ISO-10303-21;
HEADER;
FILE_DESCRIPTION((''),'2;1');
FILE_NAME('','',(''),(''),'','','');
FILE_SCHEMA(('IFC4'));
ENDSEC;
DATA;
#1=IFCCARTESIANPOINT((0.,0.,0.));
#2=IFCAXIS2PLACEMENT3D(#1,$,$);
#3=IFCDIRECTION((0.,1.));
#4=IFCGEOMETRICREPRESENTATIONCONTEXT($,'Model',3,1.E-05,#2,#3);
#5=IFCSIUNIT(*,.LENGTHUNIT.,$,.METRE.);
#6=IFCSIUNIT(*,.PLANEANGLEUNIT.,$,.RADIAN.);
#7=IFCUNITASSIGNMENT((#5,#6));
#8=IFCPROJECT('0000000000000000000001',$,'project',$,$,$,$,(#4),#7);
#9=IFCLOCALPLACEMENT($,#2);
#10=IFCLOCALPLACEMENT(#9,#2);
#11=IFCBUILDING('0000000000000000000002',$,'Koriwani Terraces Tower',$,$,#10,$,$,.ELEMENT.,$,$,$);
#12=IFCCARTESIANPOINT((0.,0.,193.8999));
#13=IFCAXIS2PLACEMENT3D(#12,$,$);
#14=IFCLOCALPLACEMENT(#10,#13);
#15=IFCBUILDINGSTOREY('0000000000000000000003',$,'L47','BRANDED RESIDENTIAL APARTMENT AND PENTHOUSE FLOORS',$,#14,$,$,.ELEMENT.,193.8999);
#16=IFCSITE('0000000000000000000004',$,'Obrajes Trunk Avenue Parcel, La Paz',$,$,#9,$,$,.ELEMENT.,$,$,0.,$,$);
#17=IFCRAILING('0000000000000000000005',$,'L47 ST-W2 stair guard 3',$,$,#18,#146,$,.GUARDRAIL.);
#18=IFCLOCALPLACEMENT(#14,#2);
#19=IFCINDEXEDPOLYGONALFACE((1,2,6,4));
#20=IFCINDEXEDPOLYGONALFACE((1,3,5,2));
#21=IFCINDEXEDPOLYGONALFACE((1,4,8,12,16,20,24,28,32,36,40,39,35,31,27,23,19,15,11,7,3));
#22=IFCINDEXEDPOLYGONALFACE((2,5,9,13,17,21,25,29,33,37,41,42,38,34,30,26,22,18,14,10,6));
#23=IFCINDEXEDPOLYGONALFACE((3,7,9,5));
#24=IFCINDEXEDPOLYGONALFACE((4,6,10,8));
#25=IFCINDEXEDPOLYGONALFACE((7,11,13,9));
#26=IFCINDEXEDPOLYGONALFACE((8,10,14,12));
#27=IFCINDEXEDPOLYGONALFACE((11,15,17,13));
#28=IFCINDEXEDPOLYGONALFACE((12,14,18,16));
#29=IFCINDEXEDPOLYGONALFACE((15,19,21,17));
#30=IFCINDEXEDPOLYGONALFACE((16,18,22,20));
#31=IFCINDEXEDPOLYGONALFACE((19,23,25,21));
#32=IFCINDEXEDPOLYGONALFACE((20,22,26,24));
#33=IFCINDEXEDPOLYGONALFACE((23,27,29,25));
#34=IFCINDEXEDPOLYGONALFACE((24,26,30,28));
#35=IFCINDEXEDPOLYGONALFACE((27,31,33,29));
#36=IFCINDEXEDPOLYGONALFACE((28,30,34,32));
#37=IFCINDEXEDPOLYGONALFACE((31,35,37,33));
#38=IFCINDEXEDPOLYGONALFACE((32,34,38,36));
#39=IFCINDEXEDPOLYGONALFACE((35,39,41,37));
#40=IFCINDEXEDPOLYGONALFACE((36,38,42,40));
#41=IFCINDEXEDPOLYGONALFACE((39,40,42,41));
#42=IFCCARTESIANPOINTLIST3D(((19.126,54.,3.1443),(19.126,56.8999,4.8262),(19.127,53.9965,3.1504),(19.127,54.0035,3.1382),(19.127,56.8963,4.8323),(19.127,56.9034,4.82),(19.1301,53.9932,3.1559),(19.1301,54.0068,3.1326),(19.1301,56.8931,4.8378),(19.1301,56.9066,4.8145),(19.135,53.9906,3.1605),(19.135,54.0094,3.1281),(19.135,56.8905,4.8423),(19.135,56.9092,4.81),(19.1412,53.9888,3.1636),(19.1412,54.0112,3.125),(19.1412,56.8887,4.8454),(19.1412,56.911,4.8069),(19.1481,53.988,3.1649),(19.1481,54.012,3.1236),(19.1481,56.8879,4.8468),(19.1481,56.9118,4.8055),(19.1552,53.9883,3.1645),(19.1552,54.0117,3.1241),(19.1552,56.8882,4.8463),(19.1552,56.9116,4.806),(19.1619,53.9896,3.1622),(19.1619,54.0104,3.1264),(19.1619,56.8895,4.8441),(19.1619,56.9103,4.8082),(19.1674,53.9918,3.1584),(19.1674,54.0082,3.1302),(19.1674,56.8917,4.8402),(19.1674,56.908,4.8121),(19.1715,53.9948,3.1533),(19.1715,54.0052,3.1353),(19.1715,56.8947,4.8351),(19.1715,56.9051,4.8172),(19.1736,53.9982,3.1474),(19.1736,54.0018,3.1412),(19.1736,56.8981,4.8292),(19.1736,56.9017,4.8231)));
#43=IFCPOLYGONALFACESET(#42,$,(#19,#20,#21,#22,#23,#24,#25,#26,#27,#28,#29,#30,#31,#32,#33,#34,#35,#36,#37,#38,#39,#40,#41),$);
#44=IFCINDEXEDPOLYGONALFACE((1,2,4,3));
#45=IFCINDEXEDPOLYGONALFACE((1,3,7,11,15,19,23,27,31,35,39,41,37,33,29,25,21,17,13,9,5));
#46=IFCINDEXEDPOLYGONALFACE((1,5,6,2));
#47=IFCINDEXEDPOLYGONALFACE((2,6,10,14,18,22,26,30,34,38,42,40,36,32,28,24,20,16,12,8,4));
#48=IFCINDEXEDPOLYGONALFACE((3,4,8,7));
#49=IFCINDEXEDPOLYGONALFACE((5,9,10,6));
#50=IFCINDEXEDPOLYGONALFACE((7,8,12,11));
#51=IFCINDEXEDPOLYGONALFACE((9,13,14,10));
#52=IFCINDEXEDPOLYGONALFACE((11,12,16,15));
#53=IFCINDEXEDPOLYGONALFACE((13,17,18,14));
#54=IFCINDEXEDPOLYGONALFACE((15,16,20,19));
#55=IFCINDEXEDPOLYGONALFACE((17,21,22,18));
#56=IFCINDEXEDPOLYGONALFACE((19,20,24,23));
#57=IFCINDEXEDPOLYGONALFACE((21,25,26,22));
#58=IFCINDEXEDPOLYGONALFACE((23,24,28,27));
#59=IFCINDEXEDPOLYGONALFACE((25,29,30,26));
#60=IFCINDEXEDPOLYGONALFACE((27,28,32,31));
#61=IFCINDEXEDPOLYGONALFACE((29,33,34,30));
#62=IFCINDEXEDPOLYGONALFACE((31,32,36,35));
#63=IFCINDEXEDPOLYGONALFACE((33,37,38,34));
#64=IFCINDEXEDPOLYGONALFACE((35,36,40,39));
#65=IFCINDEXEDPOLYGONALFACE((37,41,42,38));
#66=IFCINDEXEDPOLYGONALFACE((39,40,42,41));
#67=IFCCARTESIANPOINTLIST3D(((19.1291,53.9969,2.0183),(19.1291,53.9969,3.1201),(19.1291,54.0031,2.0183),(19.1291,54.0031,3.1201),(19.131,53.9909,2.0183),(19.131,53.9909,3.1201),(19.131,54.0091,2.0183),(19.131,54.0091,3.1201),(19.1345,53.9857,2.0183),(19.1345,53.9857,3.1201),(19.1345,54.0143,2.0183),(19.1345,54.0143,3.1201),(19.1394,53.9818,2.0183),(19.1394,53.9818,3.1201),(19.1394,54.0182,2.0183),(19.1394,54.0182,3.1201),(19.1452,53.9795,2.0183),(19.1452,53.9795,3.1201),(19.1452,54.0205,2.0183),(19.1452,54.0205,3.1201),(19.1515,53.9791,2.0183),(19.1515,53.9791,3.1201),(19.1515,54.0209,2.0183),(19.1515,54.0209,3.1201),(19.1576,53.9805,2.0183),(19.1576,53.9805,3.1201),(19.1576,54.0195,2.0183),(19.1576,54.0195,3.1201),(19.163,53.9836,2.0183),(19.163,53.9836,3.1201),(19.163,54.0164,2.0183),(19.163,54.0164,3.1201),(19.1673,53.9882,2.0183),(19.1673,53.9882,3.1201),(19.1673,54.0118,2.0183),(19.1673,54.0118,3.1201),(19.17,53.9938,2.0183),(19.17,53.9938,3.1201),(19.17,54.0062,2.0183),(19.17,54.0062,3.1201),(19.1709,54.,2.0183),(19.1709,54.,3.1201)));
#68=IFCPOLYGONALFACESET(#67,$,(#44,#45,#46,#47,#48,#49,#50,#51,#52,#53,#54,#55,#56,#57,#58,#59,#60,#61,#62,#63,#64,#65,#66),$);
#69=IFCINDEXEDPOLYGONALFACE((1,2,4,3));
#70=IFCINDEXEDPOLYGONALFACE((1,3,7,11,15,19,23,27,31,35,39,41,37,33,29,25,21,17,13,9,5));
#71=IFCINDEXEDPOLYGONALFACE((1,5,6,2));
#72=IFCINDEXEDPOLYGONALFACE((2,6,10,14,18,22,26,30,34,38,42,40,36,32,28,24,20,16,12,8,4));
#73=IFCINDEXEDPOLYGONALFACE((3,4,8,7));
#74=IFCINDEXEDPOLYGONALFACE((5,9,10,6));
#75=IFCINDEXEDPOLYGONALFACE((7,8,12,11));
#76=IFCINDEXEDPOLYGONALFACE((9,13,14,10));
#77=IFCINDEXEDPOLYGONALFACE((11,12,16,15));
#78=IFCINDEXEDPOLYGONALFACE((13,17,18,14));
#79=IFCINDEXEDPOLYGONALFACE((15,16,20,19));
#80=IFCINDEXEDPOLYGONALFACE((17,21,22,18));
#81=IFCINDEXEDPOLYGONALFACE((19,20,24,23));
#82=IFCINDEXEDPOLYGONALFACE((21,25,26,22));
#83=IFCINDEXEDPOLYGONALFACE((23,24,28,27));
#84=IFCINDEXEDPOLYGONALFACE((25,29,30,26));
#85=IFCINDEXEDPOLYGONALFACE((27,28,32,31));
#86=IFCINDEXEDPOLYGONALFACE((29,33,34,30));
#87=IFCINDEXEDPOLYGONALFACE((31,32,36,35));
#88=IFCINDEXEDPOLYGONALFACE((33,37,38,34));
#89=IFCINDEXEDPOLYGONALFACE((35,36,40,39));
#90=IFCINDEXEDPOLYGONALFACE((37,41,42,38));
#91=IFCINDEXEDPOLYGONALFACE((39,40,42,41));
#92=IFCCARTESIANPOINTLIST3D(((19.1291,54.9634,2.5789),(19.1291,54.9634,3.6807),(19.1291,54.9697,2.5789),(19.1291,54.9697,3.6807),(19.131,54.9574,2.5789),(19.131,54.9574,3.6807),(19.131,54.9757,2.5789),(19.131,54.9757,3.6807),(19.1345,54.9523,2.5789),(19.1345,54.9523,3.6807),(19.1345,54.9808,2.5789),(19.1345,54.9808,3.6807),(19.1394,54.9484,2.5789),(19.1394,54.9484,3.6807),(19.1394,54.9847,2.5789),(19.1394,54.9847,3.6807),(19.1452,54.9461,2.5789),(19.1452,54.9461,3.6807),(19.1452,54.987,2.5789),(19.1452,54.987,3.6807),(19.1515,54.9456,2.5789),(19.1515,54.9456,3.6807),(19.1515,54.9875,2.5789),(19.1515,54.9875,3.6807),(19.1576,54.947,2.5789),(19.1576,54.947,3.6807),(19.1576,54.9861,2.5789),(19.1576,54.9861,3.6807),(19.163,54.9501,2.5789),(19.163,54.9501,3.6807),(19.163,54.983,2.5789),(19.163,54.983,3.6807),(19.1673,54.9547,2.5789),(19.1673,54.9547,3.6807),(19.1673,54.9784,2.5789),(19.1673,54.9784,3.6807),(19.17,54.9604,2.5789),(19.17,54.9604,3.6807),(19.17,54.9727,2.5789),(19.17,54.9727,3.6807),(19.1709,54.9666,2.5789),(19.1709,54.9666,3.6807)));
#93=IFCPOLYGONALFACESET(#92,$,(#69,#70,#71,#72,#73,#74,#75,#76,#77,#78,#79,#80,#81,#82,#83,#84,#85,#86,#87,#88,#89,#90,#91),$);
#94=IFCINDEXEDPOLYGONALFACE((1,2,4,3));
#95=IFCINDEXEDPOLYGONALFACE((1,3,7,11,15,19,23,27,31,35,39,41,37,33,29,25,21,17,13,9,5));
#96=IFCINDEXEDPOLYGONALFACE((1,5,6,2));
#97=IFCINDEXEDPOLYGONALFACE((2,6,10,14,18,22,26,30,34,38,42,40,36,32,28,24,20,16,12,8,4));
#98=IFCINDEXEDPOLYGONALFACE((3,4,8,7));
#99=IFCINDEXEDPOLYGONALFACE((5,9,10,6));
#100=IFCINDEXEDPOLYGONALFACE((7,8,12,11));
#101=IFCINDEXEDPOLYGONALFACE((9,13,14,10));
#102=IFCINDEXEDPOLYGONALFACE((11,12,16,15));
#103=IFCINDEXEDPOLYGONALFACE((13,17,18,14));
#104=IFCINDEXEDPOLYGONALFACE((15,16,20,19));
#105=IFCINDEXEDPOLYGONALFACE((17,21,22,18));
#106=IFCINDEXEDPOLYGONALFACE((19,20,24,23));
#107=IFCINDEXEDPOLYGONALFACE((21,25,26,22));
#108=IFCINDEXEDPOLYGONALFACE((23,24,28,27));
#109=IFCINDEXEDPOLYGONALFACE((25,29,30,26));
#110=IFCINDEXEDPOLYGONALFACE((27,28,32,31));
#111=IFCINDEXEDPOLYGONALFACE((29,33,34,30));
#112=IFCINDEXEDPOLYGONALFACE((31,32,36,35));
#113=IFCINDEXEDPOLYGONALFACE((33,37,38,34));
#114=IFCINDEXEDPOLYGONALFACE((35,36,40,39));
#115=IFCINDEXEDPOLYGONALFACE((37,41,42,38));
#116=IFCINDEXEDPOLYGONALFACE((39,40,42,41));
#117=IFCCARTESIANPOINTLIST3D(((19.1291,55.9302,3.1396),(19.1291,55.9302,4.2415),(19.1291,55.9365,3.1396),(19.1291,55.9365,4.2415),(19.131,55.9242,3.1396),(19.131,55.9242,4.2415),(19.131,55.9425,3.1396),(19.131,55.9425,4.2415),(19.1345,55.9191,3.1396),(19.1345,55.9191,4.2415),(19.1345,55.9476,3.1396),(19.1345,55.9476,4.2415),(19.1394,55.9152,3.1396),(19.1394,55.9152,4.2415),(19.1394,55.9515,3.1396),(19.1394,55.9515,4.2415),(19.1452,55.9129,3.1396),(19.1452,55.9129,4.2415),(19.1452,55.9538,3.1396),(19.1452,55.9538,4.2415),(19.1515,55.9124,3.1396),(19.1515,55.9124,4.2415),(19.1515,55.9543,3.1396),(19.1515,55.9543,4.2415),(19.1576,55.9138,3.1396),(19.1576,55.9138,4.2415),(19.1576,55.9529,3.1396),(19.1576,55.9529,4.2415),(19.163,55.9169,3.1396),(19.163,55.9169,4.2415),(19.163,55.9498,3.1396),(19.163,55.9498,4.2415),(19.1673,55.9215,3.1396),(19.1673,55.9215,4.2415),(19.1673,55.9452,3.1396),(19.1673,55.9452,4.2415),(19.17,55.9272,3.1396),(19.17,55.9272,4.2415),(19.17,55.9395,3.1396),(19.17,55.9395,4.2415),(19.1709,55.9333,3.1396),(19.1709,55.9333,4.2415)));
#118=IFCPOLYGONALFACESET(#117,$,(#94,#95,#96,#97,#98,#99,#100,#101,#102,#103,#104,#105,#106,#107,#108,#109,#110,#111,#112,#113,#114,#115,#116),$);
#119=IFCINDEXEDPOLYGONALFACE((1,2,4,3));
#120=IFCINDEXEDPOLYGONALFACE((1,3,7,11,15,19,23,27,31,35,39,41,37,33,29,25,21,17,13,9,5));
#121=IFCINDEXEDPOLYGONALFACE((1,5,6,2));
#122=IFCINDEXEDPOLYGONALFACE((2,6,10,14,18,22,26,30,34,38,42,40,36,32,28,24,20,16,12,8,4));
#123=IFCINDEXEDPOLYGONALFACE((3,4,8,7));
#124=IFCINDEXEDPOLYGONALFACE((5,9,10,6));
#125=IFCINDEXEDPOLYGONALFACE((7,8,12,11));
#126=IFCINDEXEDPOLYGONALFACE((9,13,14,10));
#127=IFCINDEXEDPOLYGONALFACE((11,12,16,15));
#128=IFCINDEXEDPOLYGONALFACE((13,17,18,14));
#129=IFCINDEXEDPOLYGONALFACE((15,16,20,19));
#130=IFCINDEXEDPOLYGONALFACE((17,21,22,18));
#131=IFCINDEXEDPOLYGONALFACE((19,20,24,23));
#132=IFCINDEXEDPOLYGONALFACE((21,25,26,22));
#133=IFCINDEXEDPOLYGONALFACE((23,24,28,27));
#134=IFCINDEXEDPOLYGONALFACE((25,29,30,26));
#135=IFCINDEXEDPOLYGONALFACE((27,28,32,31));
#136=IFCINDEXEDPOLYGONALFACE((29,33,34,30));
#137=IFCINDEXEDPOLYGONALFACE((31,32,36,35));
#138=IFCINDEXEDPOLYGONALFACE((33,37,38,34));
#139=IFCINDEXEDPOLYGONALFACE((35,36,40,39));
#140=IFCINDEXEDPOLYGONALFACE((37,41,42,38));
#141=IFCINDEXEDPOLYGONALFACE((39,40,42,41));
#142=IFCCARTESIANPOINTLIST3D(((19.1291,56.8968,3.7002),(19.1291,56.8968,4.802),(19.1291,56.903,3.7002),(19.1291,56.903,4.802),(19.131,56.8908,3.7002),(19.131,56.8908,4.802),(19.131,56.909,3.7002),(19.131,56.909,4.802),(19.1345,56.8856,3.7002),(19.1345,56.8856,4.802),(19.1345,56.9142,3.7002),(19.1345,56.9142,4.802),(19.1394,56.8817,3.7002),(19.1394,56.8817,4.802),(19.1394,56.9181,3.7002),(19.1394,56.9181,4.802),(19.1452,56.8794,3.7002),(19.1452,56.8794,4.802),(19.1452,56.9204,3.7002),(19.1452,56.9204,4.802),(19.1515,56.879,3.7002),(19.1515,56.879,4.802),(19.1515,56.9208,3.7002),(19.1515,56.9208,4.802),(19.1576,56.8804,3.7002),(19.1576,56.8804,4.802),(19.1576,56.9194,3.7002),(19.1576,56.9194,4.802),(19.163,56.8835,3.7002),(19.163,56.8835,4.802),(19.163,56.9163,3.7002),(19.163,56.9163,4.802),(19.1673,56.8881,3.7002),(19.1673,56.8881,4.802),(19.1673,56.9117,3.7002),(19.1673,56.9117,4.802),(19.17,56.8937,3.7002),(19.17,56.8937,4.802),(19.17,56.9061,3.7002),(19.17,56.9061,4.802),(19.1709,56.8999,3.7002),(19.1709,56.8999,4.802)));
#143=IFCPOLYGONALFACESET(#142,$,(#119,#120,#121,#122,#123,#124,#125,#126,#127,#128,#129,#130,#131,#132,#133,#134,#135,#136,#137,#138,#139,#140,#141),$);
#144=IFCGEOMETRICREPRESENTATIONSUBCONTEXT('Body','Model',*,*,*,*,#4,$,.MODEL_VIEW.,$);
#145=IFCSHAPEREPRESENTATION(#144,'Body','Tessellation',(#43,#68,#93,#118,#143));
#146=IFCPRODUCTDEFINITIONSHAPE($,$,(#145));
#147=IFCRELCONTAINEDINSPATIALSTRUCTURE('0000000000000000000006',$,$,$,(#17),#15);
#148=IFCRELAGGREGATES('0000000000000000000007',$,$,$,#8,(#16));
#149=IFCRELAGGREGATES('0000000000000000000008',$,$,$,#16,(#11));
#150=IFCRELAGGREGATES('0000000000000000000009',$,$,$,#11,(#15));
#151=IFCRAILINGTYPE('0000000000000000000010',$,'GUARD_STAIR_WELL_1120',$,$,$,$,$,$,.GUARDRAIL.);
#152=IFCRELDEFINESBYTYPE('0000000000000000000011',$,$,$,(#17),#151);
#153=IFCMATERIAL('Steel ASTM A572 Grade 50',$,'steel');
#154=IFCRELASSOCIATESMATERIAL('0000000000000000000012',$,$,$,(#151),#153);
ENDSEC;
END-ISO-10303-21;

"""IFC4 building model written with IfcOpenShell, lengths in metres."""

from ifc_helpers import new_model, si_unit, direction, frame, origin, origin_2d, place, context, subcontext, project, spatial, circle, extrude, material, type_object, element, save


model = new_model("IFC4")

# Units and contexts
model_context = context("Model", 3, precision=1e-05, world=origin(), true_north=direction((0.0, 1.0)))
body_context = subcontext(model_context, "Body", "Model", "MODEL_VIEW")
ifc_project = project(units=[si_unit("LENGTHUNIT", "METRE"), si_unit("PLANEANGLEUNIT", "RADIAN")], contexts=[model_context])

# Site, building, storey
site_placement = place(None, origin())
site = spatial("IfcSite", under=ifc_project, at=site_placement, Name="Obrajes Trunk Avenue Parcel, La Paz", CompositionType="ELEMENT", RefElevation=0.0)
building_placement = place(site_placement, origin())
building = spatial("IfcBuilding", under=site, at=building_placement, Name="Koriwani Terraces Tower", CompositionType="ELEMENT")
storey_placement = place(building_placement, frame((0.0, 0.0, 193.8999)))
storey = spatial("IfcBuildingStorey", under=building, at=storey_placement, Name="L47", Description="BRANDED RESIDENTIAL APARTMENT AND PENTHOUSE FLOORS", CompositionType="ELEMENT", Elevation=193.8999)

# Shared definitions
ifc_material_1 = material(Name="Steel ASTM A572 Grade 50", Category="steel")

# Railing
railing_type_1 = type_object("IfcRailingType", Name="GUARD_STAIR_WELL_1120", PredefinedType="GUARDRAIL", material=ifc_material_1)
railing_1_placement = place(storey_placement, frame((19.1499, 54.0, 2.0183)))
element("IfcRailing", 1, at=railing_1_placement, inside=storey, type_object=railing_type_1, Name="L47 ST-W2 stair guard 3", PredefinedType="GUARDRAIL", context=body_context, shape_type="SweptSolid", body=[
    extrude(circle(Radius=0.0239, at=origin_2d()), frame((0.0, 0.0, 1.126), z_axis=(0.0, 0.865039, 0.501705), x_axis=(-1.0, 0.0, 0.0)), (0.0, 0.0, 1.0), 3.3523),
    extrude(circle(Radius=0.021, at=origin_2d()), origin(), (0.0, 0.0, 1.0), 1.1018),
    extrude(circle(Radius=0.021, at=origin_2d()), frame((0.0, 0.9666, 0.5605)), (0.0, 0.0, 1.0), 1.1018),
    extrude(circle(Radius=0.021, at=origin_2d()), frame((0.0, 1.9333, 1.1213)), (0.0, 0.0, 1.0), 1.1018),
    extrude(circle(Radius=0.021, at=origin_2d()), frame((0.0, 2.8999, 1.6819)), (0.0, 0.0, 1.0), 1.1018),
])

save(model, "model.ifc")
